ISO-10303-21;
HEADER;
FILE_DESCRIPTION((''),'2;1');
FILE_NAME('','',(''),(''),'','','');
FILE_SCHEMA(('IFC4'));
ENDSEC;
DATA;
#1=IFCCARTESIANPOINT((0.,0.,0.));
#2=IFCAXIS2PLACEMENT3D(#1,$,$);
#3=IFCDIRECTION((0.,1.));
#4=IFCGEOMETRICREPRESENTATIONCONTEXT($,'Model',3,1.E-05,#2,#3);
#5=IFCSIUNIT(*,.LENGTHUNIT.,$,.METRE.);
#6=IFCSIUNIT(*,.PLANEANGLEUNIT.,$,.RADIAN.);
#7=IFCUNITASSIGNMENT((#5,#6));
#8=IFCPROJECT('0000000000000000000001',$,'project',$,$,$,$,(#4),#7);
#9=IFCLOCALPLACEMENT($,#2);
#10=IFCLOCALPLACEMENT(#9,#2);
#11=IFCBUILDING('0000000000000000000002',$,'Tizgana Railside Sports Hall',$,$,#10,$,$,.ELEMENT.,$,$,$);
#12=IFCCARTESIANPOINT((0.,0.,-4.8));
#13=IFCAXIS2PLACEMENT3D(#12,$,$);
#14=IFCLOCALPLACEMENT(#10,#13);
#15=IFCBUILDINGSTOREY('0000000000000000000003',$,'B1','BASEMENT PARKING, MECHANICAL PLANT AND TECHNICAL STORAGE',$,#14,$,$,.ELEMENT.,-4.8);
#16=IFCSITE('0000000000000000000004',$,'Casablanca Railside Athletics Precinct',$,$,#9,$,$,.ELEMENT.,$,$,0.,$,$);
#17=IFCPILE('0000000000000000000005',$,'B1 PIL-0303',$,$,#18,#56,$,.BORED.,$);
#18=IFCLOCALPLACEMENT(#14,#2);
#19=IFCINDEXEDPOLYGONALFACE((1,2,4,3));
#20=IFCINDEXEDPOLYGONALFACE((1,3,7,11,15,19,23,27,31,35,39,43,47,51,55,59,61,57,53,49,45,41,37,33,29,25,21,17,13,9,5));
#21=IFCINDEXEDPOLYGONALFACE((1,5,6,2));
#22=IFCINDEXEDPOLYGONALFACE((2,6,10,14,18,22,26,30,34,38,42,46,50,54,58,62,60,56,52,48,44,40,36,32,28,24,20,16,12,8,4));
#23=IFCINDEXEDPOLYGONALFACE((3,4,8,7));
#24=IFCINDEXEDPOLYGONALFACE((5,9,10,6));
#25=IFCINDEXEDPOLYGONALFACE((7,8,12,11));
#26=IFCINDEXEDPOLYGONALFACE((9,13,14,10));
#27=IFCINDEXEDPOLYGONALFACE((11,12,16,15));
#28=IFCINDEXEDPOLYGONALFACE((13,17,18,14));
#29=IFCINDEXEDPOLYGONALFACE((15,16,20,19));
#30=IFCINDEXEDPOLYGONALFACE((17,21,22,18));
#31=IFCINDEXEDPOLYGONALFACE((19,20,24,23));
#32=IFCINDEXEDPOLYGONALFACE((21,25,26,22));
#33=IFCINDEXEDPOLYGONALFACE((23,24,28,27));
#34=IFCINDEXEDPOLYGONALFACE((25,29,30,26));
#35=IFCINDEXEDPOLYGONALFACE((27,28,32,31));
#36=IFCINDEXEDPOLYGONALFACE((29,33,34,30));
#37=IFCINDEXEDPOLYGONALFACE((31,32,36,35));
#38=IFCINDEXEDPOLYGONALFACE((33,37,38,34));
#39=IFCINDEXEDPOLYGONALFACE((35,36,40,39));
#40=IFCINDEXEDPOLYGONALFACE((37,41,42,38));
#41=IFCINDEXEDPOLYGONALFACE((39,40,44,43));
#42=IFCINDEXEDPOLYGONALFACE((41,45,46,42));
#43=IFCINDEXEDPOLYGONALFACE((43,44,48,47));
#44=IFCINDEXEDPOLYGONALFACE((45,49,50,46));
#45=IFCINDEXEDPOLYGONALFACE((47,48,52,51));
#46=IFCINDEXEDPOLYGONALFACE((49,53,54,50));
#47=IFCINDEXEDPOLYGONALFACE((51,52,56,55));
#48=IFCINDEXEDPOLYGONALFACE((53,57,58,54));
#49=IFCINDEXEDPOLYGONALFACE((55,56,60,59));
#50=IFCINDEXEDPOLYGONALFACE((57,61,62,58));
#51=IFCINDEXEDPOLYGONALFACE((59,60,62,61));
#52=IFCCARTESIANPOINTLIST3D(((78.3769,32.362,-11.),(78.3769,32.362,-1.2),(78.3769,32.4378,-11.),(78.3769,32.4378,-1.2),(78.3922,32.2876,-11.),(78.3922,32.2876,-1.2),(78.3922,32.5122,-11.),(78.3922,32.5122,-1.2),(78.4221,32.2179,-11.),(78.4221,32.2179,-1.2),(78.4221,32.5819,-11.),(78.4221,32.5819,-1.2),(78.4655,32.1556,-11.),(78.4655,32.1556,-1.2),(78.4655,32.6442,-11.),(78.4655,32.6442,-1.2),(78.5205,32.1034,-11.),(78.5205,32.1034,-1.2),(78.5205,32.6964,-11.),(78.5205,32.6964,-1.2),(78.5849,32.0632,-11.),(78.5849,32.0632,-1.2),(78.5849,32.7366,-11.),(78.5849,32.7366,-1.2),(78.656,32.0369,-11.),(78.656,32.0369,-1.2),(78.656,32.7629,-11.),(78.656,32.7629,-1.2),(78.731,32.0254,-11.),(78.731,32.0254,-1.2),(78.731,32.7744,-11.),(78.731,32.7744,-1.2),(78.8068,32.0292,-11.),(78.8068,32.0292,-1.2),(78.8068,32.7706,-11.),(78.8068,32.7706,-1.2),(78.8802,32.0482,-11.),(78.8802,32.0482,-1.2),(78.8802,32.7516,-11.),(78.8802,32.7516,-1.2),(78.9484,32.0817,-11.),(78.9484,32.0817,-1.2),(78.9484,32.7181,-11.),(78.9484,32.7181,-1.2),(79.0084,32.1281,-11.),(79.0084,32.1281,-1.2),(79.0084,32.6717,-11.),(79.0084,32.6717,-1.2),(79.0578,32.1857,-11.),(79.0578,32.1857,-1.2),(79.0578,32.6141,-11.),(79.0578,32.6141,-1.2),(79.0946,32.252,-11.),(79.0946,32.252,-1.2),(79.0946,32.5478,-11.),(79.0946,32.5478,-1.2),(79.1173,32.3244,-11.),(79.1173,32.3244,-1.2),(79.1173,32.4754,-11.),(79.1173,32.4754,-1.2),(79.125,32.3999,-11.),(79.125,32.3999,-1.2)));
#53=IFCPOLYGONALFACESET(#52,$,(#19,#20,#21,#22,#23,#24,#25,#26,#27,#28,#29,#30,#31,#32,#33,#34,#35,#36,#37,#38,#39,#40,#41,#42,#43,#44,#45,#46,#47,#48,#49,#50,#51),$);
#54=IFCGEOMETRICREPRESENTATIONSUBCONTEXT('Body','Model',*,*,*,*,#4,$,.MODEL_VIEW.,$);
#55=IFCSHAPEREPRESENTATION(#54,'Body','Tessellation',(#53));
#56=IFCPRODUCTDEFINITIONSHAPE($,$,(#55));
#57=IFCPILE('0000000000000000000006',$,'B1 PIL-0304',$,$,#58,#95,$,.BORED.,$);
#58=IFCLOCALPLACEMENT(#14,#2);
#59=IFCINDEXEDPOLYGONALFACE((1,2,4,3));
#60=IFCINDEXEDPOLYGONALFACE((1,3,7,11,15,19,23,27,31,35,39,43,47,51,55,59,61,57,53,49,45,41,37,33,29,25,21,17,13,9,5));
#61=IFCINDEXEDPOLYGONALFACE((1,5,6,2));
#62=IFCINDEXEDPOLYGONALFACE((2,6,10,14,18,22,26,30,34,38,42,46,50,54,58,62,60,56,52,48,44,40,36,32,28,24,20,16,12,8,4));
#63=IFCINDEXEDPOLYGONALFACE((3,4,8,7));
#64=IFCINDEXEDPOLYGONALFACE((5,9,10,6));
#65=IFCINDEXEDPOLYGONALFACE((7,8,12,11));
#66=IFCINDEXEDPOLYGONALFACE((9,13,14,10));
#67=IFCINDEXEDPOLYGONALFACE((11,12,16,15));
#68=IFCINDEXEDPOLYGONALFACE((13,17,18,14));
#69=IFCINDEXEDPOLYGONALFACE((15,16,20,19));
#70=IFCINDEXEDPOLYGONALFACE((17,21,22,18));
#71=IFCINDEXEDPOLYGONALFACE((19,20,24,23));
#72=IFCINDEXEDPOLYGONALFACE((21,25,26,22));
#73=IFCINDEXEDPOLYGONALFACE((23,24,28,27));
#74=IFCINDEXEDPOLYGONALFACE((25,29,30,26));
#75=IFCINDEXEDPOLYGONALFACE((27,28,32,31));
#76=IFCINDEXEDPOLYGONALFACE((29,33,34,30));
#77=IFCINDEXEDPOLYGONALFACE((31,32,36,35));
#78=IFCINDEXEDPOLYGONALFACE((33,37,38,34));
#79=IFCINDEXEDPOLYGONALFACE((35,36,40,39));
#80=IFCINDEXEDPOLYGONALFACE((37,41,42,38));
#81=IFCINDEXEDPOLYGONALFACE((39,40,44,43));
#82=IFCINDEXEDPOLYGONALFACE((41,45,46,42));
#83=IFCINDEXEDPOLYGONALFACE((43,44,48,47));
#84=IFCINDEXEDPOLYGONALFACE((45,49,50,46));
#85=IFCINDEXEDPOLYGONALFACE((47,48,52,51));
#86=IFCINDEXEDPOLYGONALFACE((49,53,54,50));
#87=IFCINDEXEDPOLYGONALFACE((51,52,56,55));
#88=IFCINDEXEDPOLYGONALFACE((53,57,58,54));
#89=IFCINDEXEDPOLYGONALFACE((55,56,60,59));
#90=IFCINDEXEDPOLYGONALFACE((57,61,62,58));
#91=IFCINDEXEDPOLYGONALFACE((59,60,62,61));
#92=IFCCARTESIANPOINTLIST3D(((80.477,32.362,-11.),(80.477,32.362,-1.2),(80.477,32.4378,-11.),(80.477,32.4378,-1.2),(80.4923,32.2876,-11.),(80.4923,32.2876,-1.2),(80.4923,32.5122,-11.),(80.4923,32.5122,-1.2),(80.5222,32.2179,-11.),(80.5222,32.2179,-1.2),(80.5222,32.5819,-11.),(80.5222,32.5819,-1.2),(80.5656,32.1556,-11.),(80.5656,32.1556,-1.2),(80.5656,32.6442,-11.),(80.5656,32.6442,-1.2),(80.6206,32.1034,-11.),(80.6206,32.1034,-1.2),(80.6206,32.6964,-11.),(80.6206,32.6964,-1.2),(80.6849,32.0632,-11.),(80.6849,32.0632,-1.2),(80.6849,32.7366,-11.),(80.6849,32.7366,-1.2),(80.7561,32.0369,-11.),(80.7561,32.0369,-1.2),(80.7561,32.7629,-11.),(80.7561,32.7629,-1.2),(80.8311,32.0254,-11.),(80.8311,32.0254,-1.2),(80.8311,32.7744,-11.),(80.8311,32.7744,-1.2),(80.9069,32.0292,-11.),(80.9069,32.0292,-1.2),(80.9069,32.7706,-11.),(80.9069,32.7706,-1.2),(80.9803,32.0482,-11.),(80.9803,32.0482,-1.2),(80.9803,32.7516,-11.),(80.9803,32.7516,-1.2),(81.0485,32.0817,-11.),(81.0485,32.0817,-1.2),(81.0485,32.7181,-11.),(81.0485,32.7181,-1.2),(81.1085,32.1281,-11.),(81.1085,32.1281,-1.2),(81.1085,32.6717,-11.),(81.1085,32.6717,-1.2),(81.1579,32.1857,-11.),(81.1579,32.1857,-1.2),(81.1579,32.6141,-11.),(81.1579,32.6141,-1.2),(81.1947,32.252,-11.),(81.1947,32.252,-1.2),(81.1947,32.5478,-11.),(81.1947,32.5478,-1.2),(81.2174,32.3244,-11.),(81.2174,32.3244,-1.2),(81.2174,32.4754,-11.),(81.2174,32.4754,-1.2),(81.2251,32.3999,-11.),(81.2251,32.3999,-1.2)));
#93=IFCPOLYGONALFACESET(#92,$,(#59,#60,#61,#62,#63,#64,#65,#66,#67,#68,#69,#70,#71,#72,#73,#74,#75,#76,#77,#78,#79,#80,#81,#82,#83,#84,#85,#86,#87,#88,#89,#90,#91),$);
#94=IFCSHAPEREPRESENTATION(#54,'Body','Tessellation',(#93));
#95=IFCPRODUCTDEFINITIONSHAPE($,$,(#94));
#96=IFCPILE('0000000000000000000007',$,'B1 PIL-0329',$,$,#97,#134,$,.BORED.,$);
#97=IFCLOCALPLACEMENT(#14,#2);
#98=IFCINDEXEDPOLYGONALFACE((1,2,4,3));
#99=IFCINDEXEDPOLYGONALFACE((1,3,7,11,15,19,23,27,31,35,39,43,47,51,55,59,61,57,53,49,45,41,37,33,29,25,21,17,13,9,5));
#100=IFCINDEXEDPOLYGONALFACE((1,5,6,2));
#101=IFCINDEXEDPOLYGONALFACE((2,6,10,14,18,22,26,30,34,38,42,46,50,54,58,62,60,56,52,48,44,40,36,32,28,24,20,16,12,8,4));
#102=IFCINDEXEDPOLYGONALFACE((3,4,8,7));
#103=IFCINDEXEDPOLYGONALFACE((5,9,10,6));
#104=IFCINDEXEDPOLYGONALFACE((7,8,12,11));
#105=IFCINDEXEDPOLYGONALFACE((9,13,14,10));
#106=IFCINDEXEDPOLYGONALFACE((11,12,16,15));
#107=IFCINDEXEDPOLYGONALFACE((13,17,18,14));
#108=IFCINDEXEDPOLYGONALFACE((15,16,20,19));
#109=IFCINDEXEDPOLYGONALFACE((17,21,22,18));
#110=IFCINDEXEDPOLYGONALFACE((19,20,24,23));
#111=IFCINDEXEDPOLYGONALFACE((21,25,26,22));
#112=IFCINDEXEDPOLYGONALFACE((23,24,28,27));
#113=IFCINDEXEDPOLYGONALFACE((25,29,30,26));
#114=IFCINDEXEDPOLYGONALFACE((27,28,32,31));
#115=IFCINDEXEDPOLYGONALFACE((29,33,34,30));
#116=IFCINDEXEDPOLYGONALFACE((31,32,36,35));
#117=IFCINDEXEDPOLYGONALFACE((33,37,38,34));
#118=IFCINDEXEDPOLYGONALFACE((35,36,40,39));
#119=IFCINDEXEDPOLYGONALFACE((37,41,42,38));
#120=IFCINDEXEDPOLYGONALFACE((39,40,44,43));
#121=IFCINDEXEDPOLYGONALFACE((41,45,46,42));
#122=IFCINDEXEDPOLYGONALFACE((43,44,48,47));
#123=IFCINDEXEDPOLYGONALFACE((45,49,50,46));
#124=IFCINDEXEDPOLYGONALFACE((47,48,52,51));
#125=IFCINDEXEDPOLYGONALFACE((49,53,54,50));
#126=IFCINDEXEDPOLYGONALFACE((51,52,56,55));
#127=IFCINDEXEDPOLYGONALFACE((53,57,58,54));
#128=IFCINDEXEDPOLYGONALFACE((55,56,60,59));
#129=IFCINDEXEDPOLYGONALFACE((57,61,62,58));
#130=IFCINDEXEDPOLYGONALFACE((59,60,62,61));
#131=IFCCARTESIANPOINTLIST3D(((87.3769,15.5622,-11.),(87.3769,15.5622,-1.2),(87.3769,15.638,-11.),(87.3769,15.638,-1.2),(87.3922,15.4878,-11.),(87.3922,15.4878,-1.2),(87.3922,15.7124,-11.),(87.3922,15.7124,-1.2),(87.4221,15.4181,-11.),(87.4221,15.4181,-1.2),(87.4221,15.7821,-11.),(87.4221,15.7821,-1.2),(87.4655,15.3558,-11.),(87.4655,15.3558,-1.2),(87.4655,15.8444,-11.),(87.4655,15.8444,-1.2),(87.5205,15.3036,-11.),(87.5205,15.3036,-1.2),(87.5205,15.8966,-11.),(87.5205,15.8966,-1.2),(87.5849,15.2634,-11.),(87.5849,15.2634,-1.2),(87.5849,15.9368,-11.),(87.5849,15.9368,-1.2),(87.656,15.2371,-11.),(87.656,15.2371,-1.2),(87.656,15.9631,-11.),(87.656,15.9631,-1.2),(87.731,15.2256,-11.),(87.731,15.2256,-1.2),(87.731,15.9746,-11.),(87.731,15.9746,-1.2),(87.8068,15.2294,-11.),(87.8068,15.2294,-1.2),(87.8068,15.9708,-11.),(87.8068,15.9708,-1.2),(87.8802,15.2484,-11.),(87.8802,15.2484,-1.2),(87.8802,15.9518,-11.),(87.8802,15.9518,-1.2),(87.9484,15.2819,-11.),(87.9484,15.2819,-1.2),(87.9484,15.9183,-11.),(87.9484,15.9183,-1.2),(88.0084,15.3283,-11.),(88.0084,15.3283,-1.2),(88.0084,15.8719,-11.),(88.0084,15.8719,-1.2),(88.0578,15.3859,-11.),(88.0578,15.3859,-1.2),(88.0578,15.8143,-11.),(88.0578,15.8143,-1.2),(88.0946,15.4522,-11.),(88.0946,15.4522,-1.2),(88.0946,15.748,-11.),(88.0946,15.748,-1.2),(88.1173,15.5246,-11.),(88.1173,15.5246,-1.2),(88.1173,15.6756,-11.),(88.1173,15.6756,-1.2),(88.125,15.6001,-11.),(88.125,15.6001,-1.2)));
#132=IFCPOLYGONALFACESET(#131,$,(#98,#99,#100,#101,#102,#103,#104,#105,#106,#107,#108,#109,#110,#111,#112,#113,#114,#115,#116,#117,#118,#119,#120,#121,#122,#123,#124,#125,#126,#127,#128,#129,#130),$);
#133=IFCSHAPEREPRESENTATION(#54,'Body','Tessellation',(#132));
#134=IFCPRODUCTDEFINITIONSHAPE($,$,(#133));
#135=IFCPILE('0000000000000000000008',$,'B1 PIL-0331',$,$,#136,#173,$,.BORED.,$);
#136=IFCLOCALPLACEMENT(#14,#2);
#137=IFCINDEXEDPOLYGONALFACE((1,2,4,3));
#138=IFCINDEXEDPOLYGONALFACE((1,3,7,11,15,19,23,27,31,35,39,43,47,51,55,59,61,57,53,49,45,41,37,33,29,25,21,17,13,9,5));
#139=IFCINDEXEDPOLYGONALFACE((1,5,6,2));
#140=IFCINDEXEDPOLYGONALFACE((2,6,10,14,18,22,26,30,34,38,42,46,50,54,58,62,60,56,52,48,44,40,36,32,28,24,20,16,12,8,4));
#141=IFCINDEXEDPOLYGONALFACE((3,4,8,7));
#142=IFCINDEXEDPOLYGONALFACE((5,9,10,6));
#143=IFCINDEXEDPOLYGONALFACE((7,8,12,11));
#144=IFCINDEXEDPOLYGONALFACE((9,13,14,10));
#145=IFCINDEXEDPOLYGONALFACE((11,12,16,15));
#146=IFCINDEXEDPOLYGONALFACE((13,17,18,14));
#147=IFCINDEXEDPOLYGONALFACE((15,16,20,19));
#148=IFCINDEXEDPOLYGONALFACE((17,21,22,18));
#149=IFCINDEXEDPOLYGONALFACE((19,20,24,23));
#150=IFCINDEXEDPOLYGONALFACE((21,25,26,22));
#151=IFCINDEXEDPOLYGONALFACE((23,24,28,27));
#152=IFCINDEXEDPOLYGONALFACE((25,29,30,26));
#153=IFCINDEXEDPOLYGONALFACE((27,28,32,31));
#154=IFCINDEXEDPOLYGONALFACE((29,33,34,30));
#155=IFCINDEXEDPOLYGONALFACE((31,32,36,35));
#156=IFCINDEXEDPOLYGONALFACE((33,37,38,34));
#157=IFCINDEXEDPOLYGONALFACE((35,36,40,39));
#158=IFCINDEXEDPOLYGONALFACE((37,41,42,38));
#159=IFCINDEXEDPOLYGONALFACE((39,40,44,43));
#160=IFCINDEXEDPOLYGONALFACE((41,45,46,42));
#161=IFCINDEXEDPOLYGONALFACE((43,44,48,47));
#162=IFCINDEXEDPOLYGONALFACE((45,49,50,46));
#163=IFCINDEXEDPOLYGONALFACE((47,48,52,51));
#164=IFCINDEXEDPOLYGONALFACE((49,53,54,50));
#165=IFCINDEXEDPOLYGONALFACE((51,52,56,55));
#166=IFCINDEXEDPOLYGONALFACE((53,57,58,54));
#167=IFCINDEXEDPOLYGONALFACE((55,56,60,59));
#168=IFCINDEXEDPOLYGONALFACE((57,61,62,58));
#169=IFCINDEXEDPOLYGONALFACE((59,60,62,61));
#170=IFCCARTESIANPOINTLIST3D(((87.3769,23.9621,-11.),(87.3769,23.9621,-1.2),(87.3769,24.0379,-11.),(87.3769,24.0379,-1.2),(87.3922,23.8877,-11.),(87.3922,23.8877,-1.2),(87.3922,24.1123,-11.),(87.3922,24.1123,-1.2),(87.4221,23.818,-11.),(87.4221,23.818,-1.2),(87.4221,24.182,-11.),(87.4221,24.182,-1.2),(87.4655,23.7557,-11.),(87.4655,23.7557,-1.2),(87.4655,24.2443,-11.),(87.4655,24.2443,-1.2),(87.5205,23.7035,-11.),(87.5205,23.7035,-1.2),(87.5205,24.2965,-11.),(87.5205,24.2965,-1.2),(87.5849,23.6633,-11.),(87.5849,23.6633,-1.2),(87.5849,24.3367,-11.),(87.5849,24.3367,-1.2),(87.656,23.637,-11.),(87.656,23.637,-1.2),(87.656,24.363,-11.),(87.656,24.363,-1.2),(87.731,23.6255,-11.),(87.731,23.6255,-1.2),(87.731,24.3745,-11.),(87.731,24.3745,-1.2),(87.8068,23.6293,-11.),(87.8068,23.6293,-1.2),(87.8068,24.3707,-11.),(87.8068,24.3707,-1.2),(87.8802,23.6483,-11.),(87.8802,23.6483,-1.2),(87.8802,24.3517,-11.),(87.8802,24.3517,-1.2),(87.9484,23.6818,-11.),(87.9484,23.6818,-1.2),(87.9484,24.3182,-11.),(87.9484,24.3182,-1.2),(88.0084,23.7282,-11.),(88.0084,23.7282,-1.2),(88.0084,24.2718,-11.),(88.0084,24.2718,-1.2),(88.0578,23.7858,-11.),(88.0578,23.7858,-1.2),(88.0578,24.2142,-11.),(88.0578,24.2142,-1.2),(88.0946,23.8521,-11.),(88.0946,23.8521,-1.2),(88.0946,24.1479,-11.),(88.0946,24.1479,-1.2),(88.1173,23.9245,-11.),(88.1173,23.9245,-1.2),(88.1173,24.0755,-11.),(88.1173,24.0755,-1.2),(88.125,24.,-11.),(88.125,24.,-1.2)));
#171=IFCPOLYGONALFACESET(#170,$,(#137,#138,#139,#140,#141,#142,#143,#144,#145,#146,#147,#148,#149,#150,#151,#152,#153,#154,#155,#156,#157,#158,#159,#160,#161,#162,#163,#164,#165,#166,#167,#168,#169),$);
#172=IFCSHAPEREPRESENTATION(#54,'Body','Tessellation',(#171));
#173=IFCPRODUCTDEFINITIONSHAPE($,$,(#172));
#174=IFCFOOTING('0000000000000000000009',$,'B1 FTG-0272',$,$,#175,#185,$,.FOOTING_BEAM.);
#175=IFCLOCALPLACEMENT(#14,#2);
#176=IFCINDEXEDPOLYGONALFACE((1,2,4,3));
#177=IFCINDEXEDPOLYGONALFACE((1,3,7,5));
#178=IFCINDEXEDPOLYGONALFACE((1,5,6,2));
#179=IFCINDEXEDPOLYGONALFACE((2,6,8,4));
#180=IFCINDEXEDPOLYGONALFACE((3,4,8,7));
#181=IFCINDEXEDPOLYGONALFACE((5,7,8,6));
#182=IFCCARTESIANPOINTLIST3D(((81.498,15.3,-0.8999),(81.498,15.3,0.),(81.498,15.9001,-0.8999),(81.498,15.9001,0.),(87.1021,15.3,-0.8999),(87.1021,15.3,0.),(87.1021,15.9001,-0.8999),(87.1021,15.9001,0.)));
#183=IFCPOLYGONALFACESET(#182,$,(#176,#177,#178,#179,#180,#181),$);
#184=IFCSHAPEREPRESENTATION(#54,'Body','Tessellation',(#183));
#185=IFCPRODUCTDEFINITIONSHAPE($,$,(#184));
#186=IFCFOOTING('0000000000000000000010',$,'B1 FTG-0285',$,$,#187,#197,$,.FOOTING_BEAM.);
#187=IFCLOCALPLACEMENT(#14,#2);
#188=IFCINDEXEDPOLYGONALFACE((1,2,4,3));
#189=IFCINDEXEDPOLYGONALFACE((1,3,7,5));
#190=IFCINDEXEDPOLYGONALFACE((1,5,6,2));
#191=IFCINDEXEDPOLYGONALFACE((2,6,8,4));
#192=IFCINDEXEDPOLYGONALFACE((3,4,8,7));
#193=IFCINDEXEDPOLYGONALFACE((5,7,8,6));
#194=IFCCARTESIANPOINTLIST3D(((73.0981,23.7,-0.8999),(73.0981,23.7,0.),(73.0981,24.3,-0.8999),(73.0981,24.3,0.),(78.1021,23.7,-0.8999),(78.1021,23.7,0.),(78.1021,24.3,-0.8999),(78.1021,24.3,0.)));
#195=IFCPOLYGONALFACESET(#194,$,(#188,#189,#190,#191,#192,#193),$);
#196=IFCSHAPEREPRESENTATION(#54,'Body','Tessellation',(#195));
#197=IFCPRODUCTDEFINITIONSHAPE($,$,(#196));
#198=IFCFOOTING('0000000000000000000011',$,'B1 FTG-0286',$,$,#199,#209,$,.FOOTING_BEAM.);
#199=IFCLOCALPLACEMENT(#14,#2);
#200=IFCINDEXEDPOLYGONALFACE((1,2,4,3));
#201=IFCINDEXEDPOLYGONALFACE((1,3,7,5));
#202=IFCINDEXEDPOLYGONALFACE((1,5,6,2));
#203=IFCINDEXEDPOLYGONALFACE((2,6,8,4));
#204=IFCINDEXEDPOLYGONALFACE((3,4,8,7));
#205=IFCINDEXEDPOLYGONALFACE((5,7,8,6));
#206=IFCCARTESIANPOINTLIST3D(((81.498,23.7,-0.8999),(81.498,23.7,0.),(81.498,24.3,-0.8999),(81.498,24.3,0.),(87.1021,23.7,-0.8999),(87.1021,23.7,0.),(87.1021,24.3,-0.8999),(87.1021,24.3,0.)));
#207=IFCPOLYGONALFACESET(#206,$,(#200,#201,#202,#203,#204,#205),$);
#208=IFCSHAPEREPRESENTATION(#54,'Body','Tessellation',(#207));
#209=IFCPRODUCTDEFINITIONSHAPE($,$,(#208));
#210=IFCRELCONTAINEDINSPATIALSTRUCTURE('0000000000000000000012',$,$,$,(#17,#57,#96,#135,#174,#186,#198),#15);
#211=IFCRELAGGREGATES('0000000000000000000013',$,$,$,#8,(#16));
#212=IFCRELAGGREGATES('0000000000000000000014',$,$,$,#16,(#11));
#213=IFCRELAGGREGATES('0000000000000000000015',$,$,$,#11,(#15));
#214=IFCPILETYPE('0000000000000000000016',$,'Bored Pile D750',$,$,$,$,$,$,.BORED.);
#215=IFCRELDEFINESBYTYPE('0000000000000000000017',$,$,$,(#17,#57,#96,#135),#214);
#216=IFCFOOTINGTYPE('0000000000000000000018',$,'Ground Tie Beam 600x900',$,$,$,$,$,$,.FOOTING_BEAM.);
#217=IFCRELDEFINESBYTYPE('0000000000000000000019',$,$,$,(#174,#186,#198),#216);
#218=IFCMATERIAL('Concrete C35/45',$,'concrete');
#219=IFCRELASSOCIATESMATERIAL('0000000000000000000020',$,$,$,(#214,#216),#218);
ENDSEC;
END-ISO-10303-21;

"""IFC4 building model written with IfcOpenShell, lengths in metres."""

from ifc_helpers import new_model, si_unit, direction, frame, origin, origin_2d, place, context, subcontext, project, spatial, rectangle, circle, extrude, material, material_profile, profile_set, type_object, element, save


model = new_model("IFC4")

# Units and contexts
model_context = context("Model", 3, precision=1e-05, world=origin(), true_north=direction((0.0, 1.0)))
body_context = subcontext(model_context, "Body", "Model", "MODEL_VIEW")
ifc_project = project(units=[si_unit("LENGTHUNIT", "METRE"), si_unit("PLANEANGLEUNIT", "RADIAN")], contexts=[model_context])

# Site, building, storey
site_placement = place(None, origin())
site = spatial("IfcSite", under=ifc_project, at=site_placement, Name="Casablanca Railside Athletics Precinct", CompositionType="ELEMENT", RefElevation=0.0)
building_placement = place(site_placement, origin())
building = spatial("IfcBuilding", under=site, at=building_placement, Name="Tizgana Railside Sports Hall", CompositionType="ELEMENT")
storey_placement = place(building_placement, frame((0.0, 0.0, -4.8)))
storey = spatial("IfcBuildingStorey", under=building, at=storey_placement, Name="B1", Description="BASEMENT PARKING, MECHANICAL PLANT AND TECHNICAL STORAGE", CompositionType="ELEMENT", Elevation=-4.8)

# Piles
ifc_material_1 = material(Name="Concrete C35/45", Category="concrete")
ifc_material_profile_1 = material_profile(ifc_material_1, circle(Radius=0.375, at=origin_2d()), Name="PILE D750")
ifc_profile_set_1 = profile_set([ifc_material_profile_1], Name="Concrete C35/45")
pile_type = type_object("IfcPileType", Name="Bored Pile D750", PredefinedType="BORED", material=ifc_profile_set_1)
for number, where, z_axis, x_axis, name in (
    (1, (78.75, 32.3999, -1.2), (0.0, 0.0, -1.0), (1.0, 0.0, 0.0), "B1 PIL-0303"),
    (2, (80.8501, 32.3999, -1.2), (0.0, 0.0, -1.0), (1.0, 0.0, 0.0), "B1 PIL-0304"),
    (3, (87.75, 15.6001, -1.2), (0.0, 0.0, -1.0), (1.0, 0.0, 0.0), "B1 PIL-0329"),
    (4, (87.75, 24.0, -1.2), (0.0, 0.0, -1.0), (1.0, 0.0, 0.0), "B1 PIL-0331"),
):
    element("IfcPile", number, at=place(storey_placement, frame(where, z_axis=z_axis, x_axis=x_axis)), inside=storey, type_object=pile_type, Name=name, PredefinedType="BORED", context=body_context, shape_type="SweptSolid", body=[
        extrude(circle(Radius=0.375, at=origin_2d()), origin(), (0.0, 0.0, 1.0), 9.8),
    ])

# Footings
footing_type_1 = type_object("IfcFootingType", Name="Ground Tie Beam 600x900", PredefinedType="FOOTING_BEAM", material=ifc_material_1)
footing_1_placement = place(storey_placement, frame((84.3, 15.6001, -0.8999), z_axis=(0.0, 0.0, 1.0), x_axis=(1.0, 0.0, 0.0)))
element("IfcFooting", 5, at=footing_1_placement, inside=storey, type_object=footing_type_1, Name="B1 FTG-0272", PredefinedType="FOOTING_BEAM", context=body_context, shape_type="SweptSolid", body=[
    extrude(rectangle(XDim=5.604, YDim=0.6001, at=origin_2d()), origin(), (0.0, 0.0, 1.0), 0.8999),
])
footing_2_placement = place(storey_placement, frame((75.6001, 24.0, -0.8999), z_axis=(0.0, 0.0, 1.0), x_axis=(1.0, 0.0, 0.0)))
element("IfcFooting", 6, at=footing_2_placement, inside=storey, type_object=footing_type_1, Name="B1 FTG-0285", PredefinedType="FOOTING_BEAM", context=body_context, shape_type="SweptSolid", body=[
    extrude(rectangle(XDim=5.0039, YDim=0.6001, at=origin_2d()), origin(), (0.0, 0.0, 1.0), 0.8999),
])
footing_3_placement = place(storey_placement, frame((84.3, 24.0, -0.8999), z_axis=(0.0, 0.0, 1.0), x_axis=(1.0, 0.0, 0.0)))
element("IfcFooting", 7, at=footing_3_placement, inside=storey, type_object=footing_type_1, Name="B1 FTG-0286", PredefinedType="FOOTING_BEAM", context=body_context, shape_type="SweptSolid", body=[
    extrude(rectangle(XDim=5.604, YDim=0.6001, at=origin_2d()), origin(), (0.0, 0.0, 1.0), 0.8999),
])

save(model, "model.ifc")
